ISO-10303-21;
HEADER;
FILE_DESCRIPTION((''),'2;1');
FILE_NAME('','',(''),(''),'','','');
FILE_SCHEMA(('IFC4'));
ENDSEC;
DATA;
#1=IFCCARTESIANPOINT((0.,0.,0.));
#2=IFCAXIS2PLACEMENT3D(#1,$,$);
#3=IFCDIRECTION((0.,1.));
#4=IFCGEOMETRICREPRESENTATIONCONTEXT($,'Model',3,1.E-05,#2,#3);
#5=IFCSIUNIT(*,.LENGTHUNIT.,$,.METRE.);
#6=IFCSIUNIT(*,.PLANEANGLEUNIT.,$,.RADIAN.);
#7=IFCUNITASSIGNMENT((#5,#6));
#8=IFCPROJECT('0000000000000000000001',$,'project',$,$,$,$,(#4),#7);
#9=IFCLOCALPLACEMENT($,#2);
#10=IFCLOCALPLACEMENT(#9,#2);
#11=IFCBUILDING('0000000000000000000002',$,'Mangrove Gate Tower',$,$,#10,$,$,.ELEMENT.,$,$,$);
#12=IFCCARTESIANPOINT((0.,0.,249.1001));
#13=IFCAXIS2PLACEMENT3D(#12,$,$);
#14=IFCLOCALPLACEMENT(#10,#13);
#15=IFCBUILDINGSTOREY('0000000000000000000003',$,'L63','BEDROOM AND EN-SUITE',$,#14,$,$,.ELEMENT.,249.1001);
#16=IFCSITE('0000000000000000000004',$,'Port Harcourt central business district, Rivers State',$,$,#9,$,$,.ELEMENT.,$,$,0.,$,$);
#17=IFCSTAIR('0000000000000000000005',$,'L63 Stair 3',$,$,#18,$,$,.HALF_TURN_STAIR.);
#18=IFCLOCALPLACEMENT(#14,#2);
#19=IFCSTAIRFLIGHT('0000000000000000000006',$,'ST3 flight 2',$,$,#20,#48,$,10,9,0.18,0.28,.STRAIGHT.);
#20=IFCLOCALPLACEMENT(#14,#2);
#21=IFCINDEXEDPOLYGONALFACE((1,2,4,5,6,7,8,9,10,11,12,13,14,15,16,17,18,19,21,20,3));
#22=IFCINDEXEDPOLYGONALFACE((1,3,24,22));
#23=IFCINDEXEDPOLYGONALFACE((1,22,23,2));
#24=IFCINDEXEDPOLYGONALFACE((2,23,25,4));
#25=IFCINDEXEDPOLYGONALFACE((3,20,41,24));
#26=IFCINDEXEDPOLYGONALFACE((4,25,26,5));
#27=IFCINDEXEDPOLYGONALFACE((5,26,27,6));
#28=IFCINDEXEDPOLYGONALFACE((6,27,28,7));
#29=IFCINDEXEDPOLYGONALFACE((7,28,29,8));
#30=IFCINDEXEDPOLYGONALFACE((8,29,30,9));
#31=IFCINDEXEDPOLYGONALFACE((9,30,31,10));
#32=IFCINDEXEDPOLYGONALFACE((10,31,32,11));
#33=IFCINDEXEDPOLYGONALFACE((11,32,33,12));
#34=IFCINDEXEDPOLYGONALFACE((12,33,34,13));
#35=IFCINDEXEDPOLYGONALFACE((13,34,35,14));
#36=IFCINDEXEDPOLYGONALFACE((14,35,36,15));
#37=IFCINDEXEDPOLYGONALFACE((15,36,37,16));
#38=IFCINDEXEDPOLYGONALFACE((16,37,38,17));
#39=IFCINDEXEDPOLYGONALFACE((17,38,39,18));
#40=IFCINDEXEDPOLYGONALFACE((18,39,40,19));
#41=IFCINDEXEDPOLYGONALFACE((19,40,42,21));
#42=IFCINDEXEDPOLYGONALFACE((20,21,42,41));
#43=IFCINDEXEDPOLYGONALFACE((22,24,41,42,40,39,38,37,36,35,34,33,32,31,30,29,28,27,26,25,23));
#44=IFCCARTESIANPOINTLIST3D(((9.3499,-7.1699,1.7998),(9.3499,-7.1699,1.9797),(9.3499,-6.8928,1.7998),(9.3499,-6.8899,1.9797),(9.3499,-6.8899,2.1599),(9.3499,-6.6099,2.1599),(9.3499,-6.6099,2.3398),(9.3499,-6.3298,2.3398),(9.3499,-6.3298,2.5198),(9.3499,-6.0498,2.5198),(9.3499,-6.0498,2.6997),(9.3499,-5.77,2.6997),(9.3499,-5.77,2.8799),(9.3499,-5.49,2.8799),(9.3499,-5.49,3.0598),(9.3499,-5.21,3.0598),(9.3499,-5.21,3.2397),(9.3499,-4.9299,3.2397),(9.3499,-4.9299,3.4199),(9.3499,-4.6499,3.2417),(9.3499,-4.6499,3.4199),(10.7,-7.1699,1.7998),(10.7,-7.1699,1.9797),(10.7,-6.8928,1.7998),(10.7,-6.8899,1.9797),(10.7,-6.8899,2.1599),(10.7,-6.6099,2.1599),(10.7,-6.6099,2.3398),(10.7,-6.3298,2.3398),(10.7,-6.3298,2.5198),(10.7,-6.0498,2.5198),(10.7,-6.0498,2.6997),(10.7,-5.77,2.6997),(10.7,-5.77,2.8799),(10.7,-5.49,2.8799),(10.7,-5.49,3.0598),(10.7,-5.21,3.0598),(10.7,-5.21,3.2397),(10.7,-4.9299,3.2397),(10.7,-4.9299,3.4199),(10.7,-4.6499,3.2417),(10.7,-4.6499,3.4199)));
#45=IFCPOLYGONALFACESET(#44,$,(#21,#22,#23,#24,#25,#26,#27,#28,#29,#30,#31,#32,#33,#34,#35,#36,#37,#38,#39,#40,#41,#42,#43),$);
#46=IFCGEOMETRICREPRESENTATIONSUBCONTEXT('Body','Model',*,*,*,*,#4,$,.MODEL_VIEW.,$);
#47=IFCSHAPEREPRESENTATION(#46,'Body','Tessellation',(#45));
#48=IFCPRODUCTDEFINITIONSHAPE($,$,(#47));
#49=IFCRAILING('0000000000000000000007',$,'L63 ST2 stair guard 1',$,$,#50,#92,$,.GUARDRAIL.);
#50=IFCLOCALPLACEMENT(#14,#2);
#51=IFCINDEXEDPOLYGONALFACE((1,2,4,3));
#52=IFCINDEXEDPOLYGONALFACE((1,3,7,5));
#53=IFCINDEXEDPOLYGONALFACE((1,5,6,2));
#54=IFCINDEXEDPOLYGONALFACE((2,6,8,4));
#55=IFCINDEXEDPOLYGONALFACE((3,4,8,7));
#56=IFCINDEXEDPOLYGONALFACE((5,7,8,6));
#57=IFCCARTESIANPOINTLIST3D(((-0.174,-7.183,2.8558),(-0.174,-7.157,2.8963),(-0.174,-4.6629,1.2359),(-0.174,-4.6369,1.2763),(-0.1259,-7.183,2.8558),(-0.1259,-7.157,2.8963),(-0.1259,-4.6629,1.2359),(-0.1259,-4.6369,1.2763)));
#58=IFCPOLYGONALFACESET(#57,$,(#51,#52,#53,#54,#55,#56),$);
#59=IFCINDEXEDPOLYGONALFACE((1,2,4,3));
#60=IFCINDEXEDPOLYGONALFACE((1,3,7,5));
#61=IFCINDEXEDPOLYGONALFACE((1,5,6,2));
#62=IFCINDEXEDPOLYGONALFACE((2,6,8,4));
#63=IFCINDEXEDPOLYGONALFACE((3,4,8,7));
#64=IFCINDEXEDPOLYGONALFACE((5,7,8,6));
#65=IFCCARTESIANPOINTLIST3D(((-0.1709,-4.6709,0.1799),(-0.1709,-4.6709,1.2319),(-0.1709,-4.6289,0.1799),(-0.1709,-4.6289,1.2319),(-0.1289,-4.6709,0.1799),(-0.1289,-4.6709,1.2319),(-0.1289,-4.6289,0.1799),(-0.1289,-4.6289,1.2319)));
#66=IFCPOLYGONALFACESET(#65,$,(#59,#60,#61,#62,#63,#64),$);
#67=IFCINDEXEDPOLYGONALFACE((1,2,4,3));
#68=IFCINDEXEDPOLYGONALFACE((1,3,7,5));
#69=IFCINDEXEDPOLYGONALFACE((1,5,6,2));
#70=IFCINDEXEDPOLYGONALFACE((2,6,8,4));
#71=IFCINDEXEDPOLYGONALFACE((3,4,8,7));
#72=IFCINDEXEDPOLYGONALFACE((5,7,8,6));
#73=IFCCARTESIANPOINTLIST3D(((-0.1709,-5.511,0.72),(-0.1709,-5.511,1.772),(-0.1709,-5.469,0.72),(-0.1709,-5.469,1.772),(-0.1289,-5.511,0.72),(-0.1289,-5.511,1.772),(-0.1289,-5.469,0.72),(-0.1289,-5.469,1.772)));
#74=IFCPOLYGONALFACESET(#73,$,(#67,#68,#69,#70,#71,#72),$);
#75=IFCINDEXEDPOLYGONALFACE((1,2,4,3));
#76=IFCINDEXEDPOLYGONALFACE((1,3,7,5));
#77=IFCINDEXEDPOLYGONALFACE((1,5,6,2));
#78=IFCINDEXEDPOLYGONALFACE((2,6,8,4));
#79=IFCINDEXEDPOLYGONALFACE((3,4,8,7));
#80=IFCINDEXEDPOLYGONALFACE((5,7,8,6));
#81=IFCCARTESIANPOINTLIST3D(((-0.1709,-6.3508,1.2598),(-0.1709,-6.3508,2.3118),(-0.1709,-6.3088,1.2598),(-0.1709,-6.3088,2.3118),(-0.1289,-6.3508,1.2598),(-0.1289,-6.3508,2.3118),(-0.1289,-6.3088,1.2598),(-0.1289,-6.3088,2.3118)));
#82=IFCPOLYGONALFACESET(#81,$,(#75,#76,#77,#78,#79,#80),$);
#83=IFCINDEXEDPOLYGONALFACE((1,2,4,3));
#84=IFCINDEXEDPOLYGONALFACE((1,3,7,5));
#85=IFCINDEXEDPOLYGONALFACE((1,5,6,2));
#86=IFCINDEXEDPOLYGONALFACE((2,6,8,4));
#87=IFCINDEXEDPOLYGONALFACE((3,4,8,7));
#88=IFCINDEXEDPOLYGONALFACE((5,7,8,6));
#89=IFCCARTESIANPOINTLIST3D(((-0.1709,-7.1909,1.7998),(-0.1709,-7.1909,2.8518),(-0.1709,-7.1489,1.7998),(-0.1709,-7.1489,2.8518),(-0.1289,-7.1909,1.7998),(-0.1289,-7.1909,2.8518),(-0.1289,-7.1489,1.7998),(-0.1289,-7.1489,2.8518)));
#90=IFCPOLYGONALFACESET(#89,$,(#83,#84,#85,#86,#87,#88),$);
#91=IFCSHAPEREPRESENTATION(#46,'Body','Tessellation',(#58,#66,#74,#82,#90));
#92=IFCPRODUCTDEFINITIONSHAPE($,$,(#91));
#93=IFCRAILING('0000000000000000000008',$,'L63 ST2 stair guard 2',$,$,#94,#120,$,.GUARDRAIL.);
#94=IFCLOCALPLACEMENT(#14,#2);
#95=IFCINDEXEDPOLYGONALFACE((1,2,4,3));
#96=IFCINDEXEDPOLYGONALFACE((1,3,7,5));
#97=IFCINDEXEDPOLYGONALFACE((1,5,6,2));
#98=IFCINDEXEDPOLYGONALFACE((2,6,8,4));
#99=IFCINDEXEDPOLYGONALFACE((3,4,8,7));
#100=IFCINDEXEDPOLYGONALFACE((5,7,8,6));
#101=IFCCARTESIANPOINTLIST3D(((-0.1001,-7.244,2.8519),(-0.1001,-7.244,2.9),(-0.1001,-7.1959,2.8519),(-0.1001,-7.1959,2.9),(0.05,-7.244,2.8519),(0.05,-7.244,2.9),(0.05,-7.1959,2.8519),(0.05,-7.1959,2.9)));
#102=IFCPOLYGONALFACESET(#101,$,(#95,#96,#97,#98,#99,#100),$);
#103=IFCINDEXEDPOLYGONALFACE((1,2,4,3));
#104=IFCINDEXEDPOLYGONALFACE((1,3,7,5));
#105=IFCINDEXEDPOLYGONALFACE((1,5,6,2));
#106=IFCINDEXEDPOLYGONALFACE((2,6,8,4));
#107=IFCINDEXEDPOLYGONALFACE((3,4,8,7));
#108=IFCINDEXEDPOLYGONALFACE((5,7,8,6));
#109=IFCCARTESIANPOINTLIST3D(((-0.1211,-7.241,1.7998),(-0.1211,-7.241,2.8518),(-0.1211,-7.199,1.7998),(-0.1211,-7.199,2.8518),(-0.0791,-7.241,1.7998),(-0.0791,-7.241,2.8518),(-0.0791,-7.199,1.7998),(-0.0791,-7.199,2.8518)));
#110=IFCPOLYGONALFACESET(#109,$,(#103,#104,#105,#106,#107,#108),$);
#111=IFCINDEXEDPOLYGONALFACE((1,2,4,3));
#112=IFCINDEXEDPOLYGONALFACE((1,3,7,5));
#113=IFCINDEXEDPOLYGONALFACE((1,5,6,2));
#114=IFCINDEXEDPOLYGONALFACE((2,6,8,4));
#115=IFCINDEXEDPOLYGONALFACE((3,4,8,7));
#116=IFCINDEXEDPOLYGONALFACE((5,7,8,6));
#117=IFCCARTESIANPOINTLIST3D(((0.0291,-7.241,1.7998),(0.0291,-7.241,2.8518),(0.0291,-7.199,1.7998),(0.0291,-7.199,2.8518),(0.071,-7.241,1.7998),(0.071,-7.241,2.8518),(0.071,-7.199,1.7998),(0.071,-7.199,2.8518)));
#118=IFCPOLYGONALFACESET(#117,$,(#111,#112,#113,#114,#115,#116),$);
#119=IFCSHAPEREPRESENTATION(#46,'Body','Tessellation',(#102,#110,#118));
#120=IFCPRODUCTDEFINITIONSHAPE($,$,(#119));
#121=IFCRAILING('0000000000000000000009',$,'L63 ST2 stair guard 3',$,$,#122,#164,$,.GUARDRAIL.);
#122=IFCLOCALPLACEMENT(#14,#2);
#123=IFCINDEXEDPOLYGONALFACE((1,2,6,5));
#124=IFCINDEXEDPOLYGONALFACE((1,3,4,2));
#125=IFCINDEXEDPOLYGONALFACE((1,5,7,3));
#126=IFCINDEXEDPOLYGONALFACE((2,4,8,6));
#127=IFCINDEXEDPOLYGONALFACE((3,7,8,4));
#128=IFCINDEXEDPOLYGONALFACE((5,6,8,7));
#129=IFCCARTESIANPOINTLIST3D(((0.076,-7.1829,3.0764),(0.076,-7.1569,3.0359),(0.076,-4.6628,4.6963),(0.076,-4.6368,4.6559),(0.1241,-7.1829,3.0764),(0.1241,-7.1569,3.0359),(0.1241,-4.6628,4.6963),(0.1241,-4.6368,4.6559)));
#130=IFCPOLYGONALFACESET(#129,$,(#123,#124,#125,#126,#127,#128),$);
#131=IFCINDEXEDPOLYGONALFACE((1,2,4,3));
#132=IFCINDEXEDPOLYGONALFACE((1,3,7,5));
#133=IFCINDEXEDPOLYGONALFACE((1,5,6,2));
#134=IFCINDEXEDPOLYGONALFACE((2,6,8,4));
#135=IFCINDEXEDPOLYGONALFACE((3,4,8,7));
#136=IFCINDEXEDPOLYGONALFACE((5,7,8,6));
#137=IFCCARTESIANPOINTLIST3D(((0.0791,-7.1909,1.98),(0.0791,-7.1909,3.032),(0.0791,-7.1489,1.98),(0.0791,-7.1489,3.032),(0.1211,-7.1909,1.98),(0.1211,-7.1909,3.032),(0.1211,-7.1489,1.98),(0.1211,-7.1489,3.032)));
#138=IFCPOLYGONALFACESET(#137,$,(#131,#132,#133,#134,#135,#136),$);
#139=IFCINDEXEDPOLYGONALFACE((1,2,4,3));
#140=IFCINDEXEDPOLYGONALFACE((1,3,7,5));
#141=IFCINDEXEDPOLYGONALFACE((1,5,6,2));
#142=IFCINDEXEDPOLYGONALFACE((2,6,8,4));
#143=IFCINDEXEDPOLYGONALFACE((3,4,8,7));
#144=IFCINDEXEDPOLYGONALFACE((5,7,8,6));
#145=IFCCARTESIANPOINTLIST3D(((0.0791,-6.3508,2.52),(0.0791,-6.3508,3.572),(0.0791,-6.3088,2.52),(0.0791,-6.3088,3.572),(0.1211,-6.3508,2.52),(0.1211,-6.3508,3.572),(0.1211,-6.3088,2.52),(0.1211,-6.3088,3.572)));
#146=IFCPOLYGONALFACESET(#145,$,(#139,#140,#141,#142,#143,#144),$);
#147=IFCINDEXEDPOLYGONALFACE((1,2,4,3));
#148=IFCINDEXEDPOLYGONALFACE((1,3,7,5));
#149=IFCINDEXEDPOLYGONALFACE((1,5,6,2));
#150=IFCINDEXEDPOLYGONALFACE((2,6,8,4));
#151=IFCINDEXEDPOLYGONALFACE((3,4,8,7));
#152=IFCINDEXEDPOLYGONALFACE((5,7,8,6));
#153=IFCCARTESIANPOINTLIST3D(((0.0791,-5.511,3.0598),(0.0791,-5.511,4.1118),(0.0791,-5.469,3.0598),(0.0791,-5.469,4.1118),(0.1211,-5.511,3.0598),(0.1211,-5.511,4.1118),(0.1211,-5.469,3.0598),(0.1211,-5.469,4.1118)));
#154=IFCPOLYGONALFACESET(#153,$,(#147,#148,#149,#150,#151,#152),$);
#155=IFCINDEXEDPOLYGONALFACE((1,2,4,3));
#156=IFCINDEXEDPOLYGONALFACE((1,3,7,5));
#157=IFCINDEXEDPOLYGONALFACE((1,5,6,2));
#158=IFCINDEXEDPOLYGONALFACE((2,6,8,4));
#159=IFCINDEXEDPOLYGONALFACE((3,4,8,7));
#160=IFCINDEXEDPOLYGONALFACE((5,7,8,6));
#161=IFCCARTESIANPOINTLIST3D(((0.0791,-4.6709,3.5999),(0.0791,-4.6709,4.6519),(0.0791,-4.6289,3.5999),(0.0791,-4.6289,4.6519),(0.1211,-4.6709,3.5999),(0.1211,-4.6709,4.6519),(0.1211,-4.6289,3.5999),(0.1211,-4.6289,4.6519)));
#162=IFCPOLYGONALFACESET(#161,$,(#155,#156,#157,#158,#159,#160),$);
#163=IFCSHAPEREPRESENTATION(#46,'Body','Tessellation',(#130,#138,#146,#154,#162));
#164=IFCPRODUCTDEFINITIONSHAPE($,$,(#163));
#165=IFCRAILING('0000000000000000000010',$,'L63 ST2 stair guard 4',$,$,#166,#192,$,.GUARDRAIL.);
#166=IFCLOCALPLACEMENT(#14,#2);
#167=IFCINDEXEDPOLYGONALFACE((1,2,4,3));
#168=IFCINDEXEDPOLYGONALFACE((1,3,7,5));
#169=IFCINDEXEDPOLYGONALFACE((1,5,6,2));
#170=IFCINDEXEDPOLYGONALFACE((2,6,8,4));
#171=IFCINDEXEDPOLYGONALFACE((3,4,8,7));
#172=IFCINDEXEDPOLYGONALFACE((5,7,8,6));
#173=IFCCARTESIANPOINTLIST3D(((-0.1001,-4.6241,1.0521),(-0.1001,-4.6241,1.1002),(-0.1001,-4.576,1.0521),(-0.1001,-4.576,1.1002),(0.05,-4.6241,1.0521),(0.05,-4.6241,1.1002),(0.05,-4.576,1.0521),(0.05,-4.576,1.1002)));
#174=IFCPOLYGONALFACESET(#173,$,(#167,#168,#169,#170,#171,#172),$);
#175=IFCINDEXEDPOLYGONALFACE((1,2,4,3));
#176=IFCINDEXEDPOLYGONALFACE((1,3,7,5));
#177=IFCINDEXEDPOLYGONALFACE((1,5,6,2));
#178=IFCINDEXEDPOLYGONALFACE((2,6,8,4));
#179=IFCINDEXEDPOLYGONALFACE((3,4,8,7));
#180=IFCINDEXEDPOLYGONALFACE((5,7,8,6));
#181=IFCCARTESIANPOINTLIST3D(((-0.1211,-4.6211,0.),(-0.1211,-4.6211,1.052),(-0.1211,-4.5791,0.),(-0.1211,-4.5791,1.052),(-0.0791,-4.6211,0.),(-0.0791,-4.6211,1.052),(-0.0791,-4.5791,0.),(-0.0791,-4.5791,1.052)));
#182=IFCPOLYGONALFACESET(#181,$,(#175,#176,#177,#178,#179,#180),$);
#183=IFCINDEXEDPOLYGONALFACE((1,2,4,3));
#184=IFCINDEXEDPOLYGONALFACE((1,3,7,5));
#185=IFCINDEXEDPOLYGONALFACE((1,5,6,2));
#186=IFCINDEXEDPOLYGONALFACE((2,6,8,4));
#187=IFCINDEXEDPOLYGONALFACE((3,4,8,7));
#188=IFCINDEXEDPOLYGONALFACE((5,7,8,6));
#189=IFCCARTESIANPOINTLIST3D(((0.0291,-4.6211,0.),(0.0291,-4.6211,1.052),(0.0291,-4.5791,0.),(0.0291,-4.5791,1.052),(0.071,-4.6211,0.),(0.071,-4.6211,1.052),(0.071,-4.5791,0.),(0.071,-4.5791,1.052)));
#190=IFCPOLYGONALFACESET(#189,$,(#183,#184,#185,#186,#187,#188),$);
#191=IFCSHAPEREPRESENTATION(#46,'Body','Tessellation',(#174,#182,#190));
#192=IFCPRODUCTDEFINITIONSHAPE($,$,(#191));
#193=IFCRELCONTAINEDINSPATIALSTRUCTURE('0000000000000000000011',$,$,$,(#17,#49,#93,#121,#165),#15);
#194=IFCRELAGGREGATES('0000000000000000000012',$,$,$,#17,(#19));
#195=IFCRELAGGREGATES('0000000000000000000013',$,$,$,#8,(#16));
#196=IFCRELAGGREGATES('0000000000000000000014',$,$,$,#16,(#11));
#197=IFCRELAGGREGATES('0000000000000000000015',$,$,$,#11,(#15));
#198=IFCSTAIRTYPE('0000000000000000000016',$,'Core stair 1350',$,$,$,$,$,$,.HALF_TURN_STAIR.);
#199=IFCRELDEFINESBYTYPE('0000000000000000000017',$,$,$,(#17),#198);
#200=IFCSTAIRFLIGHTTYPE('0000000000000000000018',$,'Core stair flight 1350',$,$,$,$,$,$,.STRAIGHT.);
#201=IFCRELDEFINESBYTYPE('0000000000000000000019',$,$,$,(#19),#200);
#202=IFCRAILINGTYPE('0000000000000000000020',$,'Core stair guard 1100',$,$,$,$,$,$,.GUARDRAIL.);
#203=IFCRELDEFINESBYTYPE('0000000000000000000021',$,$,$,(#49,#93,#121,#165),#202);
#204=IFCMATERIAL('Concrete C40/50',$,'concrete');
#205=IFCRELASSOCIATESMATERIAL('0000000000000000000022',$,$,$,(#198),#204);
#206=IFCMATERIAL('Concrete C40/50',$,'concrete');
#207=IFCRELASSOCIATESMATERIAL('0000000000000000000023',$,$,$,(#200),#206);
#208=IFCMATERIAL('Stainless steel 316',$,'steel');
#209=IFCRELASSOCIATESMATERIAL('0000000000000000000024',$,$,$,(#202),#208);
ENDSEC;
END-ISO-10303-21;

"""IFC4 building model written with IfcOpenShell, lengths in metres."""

from ifc_helpers import new_model, si_unit, direction, frame, origin, origin_2d, place, context, subcontext, project, spatial, polyline, rectangle, outline, extrude, material, type_object, element, aggregate, save


model = new_model("IFC4")

# Units and contexts
model_context = context("Model", 3, precision=1e-05, world=origin(), true_north=direction((0.0, 1.0)))
body_context = subcontext(model_context, "Body", "Model", "MODEL_VIEW")
ifc_project = project(units=[si_unit("LENGTHUNIT", "METRE"), si_unit("PLANEANGLEUNIT", "RADIAN")], contexts=[model_context])

# Site, building, storey
site_placement = place(None, origin())
site = spatial("IfcSite", under=ifc_project, at=site_placement, Name="Port Harcourt central business district, Rivers State", CompositionType="ELEMENT", RefElevation=0.0)
building_placement = place(site_placement, origin())
building = spatial("IfcBuilding", under=site, at=building_placement, Name="Mangrove Gate Tower", CompositionType="ELEMENT")
storey_placement = place(building_placement, frame((0.0, 0.0, 249.1001)))
storey = spatial("IfcBuildingStorey", under=building, at=storey_placement, Name="L63", Description="BEDROOM AND EN-SUITE", CompositionType="ELEMENT", Elevation=249.1001)

# Stair, stair flight
ifc_material_1 = material(Name="Concrete C40/50", Category="concrete")
stair_type = type_object("IfcStairType", Name="Core stair 1350", PredefinedType="HALF_TURN_STAIR", material=ifc_material_1)
ifc_material_2 = material(Name="Concrete C40/50", Category="concrete")
stair_flight_type = type_object("IfcStairFlightType", Name="Core stair flight 1350", PredefinedType="STRAIGHT", material=ifc_material_2)
stair_1_placement = place(storey_placement, origin())
stair_1 = element("IfcStair", 1, at=stair_1_placement, inside=storey, type_object=stair_type, Name="L63 Stair 3", PredefinedType="HALF_TURN_STAIR")
stair_flight_1_placement = place(storey_placement, frame((10.0249, -7.1699, 1.7998), z_axis=(0.0, 0.0, 1.0), x_axis=(0.0, 1.0, 0.0)))
stair_flight_1 = element("IfcStairFlight", 2, at=stair_flight_1_placement, type_object=stair_flight_type, Name="ST3 flight 2", NumberOfRisers=10, NumberOfTreads=9, PredefinedType="STRAIGHT", RiserHeight=0.18, TreadLength=0.28, context=body_context, shape_type="SweptSolid", body=[
    extrude(outline(polyline([(0.0, 0.0), (0.0, 0.1799), (0.28, 0.1799), (0.28, 0.3601), (0.5601, 0.3601), (0.5601, 0.54), (0.8401, 0.54), (0.8401, 0.72), (1.1201, 0.72), (1.1201, 0.8999), (1.3999, 0.8999), (1.3999, 1.0801), (1.6799, 1.0801), (1.6799, 1.26), (1.96, 1.26), (1.96, 1.4399), (2.24, 1.4399), (2.24, 1.6201), (2.52, 1.6201), (2.52, 1.8), (2.52, 1.4419), (0.2771, 0.0), (0.0, 0.0)])), frame((0.0, 0.675, 0.0), z_axis=(0.0, -1.0, 0.0), x_axis=(1.0, 0.0, 0.0)), (0.0, 0.0, 1.0), 1.3501),
])
aggregate(stair_1, [stair_flight_1])

# Railings
ifc_material_3 = material(Name="Stainless steel 316", Category="steel")
railing_type_1 = type_object("IfcRailingType", Name="Core stair guard 1100", PredefinedType="GUARDRAIL", material=ifc_material_3)
railing_1_placement = place(storey_placement, frame((-0.1499, -4.6499, 0.1799)))
element("IfcRailing", 3, at=railing_1_placement, inside=storey, type_object=railing_type_1, Name="L63 ST2 stair guard 1", PredefinedType="GUARDRAIL", context=body_context, shape_type="SweptSolid", body=[
    extrude(rectangle(XDim=0.0481, YDim=0.0481, at=origin_2d()), frame((0.0, 0.0, 1.0762), z_axis=(0.0, -0.8412, 0.540725), x_axis=(1.0, 0.0, 0.0)), (0.0, 0.0, 1.0), 2.9958),
    extrude(rectangle(XDim=0.042, YDim=0.042, at=origin_2d()), origin(), (0.0, 0.0, 1.0), 1.052),
    extrude(rectangle(XDim=0.042, YDim=0.042, at=origin_2d()), frame((0.0, -0.8401, 0.54)), (0.0, 0.0, 1.0), 1.052),
    extrude(rectangle(XDim=0.042, YDim=0.042, at=origin_2d()), frame((0.0, -1.6799, 1.0798)), (0.0, 0.0, 1.0), 1.052),
    extrude(rectangle(XDim=0.042, YDim=0.042, at=origin_2d()), frame((0.0, -2.52, 1.6199)), (0.0, 0.0, 1.0), 1.052),
])
railing_2_placement = place(storey_placement, frame((-0.1001, -7.22, 1.7998)))
element("IfcRailing", 4, at=railing_2_placement, inside=storey, type_object=railing_type_1, Name="L63 ST2 stair guard 2", PredefinedType="GUARDRAIL", context=body_context, shape_type="SweptSolid", body=[
    extrude(rectangle(XDim=0.0481, YDim=0.0481, at=origin_2d()), frame((0.0, 0.0, 1.0762), z_axis=(1.0, 0.0, 0.0), x_axis=(0.0, 1.0, 0.0)), (0.0, 0.0, 1.0), 0.1501),
    extrude(rectangle(XDim=0.042, YDim=0.042, at=origin_2d()), origin(), (0.0, 0.0, 1.0), 1.052),
    extrude(rectangle(XDim=0.042, YDim=0.042, at=origin_2d()), frame((0.1501, 0.0, 0.0)), (0.0, 0.0, 1.0), 1.052),
])
railing_3_placement = place(storey_placement, frame((0.1001, -7.1699, 1.98)))
element("IfcRailing", 5, at=railing_3_placement, inside=storey, type_object=railing_type_1, Name="L63 ST2 stair guard 3", PredefinedType="GUARDRAIL", context=body_context, shape_type="SweptSolid", body=[
    extrude(rectangle(XDim=0.0481, YDim=0.0481, at=origin_2d()), frame((0.0, 0.0, 1.0762), z_axis=(0.0, 0.8412, 0.540725), x_axis=(-1.0, 0.0, 0.0)), (0.0, 0.0, 1.0), 2.9958),
    extrude(rectangle(XDim=0.042, YDim=0.042, at=origin_2d()), origin(), (0.0, 0.0, 1.0), 1.052),
    extrude(rectangle(XDim=0.042, YDim=0.042, at=origin_2d()), frame((0.0, 0.8401, 0.54)), (0.0, 0.0, 1.0), 1.052),
    extrude(rectangle(XDim=0.042, YDim=0.042, at=origin_2d()), frame((0.0, 1.6799, 1.0798)), (0.0, 0.0, 1.0), 1.052),
    extrude(rectangle(XDim=0.042, YDim=0.042, at=origin_2d()), frame((0.0, 2.52, 1.6199)), (0.0, 0.0, 1.0), 1.052),
])
railing_4_placement = place(storey_placement, frame((-0.1001, -4.6001, 0.0)))
element("IfcRailing", 6, at=railing_4_placement, inside=storey, type_object=railing_type_1, Name="L63 ST2 stair guard 4", PredefinedType="GUARDRAIL", context=body_context, shape_type="SweptSolid", body=[
    extrude(rectangle(XDim=0.0481, YDim=0.0481, at=origin_2d()), frame((0.0, 0.0, 1.0762), z_axis=(1.0, 0.0, 0.0), x_axis=(0.0, 1.0, 0.0)), (0.0, 0.0, 1.0), 0.1501),
    extrude(rectangle(XDim=0.042, YDim=0.042, at=origin_2d()), origin(), (0.0, 0.0, 1.0), 1.052),
    extrude(rectangle(XDim=0.042, YDim=0.042, at=origin_2d()), frame((0.1501, 0.0, 0.0)), (0.0, 0.0, 1.0), 1.052),
])

save(model, "model.ifc")
